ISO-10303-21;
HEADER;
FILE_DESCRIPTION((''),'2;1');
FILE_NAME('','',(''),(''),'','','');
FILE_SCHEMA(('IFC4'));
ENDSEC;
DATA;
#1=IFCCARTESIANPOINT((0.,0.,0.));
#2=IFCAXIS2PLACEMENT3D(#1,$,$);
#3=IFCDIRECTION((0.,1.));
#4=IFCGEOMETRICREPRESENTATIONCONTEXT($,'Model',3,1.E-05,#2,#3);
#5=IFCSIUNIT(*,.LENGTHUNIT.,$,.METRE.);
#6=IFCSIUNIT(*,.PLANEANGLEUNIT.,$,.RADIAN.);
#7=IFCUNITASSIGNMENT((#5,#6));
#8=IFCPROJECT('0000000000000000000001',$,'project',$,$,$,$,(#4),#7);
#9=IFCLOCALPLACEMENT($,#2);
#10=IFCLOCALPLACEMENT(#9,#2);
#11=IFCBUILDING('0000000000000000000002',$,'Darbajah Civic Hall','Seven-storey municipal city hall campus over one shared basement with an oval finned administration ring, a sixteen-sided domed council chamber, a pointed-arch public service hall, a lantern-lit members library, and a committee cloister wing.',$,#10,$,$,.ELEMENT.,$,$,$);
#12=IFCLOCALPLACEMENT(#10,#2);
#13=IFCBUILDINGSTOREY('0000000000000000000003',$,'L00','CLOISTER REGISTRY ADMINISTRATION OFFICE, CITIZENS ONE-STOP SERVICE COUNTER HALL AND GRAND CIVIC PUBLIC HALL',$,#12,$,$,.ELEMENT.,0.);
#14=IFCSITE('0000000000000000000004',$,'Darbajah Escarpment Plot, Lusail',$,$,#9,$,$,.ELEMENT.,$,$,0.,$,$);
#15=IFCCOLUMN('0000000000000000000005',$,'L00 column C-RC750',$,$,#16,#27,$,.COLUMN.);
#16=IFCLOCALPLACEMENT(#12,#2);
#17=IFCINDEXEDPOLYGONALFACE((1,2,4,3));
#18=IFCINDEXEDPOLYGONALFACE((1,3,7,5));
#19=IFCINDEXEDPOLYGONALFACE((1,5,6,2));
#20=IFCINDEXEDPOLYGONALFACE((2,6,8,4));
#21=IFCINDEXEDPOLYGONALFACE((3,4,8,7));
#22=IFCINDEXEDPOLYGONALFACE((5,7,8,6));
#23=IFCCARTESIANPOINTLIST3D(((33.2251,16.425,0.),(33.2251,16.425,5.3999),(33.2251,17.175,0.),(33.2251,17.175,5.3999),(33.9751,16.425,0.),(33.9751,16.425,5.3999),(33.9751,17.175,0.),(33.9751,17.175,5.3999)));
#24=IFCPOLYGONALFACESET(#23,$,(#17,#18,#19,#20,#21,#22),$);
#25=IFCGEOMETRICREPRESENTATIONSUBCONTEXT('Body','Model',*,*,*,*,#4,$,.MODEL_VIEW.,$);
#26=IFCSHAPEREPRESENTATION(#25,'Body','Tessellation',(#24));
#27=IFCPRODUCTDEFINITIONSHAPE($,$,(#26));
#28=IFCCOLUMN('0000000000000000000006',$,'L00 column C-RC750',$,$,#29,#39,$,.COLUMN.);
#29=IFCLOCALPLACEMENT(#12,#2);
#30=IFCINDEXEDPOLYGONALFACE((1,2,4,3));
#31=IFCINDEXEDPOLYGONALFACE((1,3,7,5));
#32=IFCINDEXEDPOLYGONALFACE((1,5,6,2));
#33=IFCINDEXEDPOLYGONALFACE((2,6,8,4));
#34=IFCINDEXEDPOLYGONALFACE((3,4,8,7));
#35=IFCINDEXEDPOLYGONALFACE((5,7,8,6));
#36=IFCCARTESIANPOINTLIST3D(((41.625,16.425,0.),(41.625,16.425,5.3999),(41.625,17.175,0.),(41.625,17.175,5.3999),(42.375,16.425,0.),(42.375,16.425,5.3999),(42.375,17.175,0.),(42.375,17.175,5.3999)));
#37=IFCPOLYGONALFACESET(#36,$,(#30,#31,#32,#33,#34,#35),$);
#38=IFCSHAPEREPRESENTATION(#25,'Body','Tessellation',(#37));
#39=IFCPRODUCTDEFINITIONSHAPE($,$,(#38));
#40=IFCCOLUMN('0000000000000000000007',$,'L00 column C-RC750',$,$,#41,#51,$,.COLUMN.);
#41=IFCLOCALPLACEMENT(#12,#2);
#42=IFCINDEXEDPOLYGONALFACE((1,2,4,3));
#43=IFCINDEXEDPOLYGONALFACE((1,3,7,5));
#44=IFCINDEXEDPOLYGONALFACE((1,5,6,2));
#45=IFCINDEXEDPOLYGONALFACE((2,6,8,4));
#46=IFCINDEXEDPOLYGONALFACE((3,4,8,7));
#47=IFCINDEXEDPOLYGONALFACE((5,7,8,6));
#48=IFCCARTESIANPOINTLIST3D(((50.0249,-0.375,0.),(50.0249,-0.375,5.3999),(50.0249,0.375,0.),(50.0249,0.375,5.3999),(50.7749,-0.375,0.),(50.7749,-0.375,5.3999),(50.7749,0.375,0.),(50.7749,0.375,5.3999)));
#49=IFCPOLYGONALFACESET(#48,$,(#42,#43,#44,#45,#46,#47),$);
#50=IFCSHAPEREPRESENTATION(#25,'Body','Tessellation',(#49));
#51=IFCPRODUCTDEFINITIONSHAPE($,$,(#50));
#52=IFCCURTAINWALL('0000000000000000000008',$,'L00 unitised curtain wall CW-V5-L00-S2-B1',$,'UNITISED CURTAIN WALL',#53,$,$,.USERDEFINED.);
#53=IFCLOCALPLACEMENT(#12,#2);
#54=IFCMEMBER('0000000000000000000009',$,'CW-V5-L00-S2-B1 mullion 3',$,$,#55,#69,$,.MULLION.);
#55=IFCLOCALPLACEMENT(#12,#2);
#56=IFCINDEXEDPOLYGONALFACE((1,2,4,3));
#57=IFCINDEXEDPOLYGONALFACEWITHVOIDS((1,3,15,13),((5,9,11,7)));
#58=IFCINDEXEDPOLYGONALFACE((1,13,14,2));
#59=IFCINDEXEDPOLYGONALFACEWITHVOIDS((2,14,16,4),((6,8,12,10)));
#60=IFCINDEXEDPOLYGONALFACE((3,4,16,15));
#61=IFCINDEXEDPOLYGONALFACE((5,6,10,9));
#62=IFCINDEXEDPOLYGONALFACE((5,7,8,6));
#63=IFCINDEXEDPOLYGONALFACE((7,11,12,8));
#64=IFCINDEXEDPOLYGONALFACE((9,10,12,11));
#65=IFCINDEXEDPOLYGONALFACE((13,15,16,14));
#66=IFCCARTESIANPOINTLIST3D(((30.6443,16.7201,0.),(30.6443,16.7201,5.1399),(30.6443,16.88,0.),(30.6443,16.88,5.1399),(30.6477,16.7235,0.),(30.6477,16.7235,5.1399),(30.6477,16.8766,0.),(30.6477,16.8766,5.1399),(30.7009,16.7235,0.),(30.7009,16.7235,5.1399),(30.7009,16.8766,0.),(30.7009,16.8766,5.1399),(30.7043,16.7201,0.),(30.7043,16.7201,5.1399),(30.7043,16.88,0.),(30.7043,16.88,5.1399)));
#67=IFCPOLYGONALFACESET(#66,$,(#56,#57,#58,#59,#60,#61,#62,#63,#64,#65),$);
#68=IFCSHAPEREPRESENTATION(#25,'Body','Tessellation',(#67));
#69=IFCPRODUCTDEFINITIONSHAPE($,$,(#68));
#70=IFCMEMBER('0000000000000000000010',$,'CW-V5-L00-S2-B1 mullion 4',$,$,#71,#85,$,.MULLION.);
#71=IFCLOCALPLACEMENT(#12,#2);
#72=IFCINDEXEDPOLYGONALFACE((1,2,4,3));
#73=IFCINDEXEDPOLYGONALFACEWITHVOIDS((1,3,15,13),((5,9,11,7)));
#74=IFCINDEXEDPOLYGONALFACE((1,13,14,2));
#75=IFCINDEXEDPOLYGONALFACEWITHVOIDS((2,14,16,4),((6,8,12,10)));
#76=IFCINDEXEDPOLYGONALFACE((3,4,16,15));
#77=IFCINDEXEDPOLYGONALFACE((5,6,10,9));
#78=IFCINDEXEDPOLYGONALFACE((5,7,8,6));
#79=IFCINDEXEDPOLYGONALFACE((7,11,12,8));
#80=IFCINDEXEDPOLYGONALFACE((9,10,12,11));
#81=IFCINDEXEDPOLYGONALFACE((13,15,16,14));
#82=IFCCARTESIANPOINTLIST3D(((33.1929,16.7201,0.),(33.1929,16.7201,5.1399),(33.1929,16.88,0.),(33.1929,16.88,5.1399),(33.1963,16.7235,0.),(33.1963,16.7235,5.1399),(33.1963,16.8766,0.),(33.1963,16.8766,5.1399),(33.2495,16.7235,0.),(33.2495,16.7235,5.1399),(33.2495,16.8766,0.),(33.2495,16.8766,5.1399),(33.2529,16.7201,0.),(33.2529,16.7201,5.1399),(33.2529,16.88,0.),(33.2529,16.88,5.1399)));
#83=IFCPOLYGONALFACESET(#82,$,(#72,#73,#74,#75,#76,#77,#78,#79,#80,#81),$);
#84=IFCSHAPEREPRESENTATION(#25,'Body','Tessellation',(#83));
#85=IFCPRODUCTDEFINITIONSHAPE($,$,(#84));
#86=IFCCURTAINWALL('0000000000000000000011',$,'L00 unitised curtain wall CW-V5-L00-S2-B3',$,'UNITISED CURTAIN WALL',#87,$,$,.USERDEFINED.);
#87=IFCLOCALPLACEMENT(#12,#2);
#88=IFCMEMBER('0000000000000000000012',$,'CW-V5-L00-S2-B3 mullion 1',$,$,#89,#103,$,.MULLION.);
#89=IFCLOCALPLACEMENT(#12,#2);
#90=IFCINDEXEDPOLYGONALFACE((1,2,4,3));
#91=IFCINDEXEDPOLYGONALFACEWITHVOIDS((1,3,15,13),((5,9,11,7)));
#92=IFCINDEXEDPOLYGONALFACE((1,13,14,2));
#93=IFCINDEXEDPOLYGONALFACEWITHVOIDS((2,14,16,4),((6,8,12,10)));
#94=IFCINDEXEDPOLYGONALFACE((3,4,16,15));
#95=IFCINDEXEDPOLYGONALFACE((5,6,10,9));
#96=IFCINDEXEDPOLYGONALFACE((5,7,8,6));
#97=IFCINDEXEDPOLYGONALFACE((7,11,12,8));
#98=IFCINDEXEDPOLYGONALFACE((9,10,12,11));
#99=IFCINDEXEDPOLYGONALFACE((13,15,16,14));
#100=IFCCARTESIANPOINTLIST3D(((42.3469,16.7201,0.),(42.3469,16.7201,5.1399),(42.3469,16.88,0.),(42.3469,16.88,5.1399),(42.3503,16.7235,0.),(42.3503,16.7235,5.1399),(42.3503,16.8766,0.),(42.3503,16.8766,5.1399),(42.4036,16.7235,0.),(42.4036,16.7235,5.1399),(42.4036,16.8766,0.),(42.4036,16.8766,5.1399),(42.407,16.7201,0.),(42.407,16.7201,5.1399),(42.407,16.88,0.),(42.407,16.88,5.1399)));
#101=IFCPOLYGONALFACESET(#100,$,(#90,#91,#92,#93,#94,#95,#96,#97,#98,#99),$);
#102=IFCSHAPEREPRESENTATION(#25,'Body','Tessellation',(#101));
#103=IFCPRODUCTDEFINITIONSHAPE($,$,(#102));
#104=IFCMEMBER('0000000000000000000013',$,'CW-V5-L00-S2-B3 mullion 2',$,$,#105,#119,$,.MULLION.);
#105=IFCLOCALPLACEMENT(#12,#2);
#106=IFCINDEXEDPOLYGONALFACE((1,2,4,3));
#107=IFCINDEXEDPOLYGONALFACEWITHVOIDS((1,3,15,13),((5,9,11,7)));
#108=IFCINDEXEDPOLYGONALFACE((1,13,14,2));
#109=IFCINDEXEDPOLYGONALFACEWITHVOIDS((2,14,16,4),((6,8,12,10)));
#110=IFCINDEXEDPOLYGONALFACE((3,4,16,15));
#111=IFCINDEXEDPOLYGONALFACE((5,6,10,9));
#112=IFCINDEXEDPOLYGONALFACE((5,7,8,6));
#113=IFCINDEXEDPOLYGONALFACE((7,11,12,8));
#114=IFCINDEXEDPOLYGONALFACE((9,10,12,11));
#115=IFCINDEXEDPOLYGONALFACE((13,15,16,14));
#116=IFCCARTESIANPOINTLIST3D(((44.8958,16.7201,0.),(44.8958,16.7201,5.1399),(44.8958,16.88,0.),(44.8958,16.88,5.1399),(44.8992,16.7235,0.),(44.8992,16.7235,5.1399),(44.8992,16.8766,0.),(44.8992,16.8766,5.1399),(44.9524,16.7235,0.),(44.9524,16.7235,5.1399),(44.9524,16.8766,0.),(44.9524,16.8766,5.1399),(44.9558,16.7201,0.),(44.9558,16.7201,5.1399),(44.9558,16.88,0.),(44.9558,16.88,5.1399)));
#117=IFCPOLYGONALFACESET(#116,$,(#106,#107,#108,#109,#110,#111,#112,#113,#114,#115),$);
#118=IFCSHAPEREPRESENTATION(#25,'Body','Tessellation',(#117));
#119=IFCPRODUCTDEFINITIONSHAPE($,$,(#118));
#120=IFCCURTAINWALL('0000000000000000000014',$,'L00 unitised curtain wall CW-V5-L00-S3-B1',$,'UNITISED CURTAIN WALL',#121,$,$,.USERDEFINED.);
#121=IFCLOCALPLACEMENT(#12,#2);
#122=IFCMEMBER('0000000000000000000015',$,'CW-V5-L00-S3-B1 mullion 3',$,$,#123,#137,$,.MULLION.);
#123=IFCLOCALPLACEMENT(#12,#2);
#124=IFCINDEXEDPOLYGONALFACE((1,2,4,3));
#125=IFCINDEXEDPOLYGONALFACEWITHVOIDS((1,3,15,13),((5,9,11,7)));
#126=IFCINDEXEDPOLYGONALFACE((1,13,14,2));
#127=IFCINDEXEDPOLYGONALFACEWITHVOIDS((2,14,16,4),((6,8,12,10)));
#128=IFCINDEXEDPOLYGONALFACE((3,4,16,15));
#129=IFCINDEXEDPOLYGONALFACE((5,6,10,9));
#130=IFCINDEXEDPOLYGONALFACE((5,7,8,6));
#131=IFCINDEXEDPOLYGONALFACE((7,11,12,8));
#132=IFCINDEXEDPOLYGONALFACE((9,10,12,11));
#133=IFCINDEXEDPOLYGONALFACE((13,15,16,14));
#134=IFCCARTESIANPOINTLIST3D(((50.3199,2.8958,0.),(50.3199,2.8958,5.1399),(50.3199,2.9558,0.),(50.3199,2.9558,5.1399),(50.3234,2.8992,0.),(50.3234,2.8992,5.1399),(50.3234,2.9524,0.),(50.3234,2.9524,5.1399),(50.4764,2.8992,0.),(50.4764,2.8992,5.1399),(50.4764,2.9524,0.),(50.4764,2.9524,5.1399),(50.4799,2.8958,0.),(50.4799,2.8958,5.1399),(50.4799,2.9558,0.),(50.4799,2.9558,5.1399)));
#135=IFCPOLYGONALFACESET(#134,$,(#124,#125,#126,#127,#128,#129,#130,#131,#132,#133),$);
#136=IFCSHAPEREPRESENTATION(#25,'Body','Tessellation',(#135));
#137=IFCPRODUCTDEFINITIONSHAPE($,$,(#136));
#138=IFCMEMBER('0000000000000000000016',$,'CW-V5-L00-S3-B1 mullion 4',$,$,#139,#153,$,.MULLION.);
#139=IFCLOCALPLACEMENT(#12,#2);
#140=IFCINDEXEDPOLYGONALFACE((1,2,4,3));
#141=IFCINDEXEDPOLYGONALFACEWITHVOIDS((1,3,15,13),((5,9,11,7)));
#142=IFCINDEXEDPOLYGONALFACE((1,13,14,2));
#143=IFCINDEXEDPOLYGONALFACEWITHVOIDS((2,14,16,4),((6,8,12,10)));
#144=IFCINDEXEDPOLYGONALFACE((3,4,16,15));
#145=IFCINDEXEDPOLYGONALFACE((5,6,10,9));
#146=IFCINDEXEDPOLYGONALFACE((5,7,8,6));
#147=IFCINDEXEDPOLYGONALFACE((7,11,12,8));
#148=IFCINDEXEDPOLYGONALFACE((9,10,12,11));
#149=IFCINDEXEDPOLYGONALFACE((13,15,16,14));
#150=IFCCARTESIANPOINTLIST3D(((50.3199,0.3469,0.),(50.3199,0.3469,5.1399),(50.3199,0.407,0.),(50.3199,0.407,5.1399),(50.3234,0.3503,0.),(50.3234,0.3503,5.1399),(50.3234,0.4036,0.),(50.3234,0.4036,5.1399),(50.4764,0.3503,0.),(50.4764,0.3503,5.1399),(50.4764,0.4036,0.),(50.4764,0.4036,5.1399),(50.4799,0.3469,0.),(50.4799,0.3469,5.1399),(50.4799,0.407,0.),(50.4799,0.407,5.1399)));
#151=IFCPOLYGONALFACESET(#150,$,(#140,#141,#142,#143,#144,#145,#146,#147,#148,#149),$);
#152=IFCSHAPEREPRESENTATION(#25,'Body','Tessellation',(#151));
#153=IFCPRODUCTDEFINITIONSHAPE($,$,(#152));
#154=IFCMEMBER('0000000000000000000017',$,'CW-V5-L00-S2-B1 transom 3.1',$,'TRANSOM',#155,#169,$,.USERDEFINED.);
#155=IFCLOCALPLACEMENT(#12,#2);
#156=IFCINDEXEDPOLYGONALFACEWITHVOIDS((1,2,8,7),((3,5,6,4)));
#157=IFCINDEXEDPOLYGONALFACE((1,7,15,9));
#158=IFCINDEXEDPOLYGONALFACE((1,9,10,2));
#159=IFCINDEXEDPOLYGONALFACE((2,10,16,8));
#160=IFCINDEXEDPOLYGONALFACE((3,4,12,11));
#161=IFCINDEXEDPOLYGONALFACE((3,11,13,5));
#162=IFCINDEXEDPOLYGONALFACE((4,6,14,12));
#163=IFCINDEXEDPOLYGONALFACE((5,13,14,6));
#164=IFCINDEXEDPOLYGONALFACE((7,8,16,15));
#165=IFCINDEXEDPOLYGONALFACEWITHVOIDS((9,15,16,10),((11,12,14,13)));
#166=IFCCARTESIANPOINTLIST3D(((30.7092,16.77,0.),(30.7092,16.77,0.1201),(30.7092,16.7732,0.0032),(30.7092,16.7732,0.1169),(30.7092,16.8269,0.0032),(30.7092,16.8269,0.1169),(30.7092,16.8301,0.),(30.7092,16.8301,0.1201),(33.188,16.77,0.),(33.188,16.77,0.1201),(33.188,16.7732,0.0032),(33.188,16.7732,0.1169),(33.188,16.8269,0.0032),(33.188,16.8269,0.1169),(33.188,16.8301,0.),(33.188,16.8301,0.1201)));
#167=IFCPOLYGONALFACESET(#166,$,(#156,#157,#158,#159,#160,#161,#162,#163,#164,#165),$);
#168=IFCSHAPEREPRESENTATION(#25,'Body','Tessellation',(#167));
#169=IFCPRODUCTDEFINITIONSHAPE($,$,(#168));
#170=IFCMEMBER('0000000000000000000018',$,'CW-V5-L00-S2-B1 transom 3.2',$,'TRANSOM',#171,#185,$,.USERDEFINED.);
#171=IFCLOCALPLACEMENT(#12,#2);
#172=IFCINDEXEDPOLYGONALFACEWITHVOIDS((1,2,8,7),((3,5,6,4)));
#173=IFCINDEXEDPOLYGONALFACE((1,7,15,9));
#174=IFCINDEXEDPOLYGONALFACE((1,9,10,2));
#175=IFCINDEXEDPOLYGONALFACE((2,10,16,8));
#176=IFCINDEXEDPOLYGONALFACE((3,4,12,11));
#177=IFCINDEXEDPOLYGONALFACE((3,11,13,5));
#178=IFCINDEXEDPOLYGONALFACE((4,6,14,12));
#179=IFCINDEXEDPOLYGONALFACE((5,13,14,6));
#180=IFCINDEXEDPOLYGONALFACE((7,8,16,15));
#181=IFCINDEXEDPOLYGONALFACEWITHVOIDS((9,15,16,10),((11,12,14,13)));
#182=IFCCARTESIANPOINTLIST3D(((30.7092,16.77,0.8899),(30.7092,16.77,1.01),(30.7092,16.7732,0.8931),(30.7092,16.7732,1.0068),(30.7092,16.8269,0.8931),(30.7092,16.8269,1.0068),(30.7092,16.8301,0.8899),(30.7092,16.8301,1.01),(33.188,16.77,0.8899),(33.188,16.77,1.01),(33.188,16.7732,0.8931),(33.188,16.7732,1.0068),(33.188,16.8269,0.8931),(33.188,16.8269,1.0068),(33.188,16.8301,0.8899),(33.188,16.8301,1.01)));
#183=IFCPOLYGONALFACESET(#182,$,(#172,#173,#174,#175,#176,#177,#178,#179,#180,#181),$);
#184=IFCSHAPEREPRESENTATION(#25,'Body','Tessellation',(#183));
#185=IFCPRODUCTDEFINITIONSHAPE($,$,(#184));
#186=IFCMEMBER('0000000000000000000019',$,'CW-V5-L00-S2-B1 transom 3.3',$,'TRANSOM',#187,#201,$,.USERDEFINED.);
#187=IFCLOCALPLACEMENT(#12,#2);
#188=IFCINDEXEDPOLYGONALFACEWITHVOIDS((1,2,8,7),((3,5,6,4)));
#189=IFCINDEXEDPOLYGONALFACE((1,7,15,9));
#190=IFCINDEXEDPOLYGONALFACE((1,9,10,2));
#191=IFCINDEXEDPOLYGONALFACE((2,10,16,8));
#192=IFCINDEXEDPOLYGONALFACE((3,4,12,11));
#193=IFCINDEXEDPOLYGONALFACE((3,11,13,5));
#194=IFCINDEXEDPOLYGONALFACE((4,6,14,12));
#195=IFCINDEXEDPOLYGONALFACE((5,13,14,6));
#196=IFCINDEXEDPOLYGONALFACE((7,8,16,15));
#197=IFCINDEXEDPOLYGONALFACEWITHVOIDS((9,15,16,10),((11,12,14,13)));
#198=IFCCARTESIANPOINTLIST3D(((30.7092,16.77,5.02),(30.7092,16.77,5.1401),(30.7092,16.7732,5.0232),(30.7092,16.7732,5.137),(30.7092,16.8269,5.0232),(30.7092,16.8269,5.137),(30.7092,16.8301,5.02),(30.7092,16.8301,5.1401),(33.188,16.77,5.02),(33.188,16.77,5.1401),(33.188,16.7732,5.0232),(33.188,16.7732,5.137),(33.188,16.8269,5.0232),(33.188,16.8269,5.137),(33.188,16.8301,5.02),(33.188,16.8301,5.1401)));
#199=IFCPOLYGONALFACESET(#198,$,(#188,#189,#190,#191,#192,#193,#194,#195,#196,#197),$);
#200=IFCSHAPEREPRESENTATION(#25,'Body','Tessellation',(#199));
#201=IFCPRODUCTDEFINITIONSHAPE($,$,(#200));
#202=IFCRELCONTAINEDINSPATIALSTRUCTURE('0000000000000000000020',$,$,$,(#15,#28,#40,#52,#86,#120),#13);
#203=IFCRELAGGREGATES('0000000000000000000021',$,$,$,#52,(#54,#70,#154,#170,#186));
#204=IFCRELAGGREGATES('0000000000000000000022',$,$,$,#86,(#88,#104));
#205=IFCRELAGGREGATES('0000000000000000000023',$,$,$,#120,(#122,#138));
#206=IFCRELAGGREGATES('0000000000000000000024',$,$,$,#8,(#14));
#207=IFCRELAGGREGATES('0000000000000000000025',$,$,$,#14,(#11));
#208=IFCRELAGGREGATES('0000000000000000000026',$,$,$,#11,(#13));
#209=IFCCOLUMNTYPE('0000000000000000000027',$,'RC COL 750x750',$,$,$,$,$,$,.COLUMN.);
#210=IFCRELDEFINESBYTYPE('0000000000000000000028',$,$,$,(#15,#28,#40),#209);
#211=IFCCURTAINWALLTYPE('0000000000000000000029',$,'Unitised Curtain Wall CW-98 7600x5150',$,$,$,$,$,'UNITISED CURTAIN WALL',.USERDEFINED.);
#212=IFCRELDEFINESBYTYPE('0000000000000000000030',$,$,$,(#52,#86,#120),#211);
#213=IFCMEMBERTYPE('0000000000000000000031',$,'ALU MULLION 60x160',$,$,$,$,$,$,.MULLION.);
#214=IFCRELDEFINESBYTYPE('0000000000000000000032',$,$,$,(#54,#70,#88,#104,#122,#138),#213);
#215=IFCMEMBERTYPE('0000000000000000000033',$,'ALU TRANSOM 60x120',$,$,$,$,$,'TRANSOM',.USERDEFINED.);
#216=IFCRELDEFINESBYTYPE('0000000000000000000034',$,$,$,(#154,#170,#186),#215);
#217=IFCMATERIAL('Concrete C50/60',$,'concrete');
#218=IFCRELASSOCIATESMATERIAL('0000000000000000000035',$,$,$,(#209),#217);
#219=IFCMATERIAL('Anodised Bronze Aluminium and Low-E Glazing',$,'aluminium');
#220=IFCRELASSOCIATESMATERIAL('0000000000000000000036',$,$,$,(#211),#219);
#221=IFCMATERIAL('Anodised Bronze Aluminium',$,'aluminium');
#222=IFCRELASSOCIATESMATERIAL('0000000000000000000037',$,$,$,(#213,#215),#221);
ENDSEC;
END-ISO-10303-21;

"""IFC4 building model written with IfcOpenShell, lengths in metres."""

from ifc_helpers import new_model, si_unit, direction, frame, origin, origin_2d, place, context, subcontext, project, spatial, rectangle, hollow_rectangle, extrude, material, material_profile, profile_set, type_object, element, aggregate, save


model = new_model("IFC4")

# Units and contexts
model_context = context("Model", 3, precision=1e-05, world=origin(), true_north=direction((0.0, 1.0)))
body_context = subcontext(model_context, "Body", "Model", "MODEL_VIEW")
ifc_project = project(units=[si_unit("LENGTHUNIT", "METRE"), si_unit("PLANEANGLEUNIT", "RADIAN")], contexts=[model_context])

# Site, building, storey
site_placement = place(None, origin())
site = spatial("IfcSite", under=ifc_project, at=site_placement, Name="Darbajah Escarpment Plot, Lusail", CompositionType="ELEMENT", RefElevation=0.0)
building_placement = place(site_placement, origin())
building = spatial("IfcBuilding", under=site, at=building_placement, Name="Darbajah Civic Hall", Description="Seven-storey municipal city hall campus over one shared basement with an oval finned administration ring, a sixteen-sided domed council chamber, a pointed-arch public service hall, a lantern-lit members library, and a committee cloister wing.", CompositionType="ELEMENT")
storey_placement = place(building_placement, origin())
storey = spatial("IfcBuildingStorey", under=building, at=storey_placement, Name="L00", Description="CLOISTER REGISTRY ADMINISTRATION OFFICE, CITIZENS ONE-STOP SERVICE COUNTER HALL AND GRAND CIVIC PUBLIC HALL", CompositionType="ELEMENT", Elevation=0.0)

# Columns
ifc_material_1 = material(Name="Concrete C50/60", Category="concrete")
ifc_material_profile_1 = material_profile(ifc_material_1, rectangle(XDim=0.75, YDim=0.75, at=origin_2d()), Name="RC COL 750x750")
ifc_profile_set_1 = profile_set([ifc_material_profile_1], Name="Concrete C50/60")
column_type = type_object("IfcColumnType", Name="RC COL 750x750", PredefinedType="COLUMN", material=ifc_profile_set_1)
for number, where, z_axis, x_axis, name in (
    (1, (33.6001, 16.8, 0.0), (0.0, 0.0, 1.0), (1.0, 0.0, 0.0), "L00 column C-RC750"),
    (2, (42.0, 16.8, 0.0), (0.0, 0.0, 1.0), (1.0, 0.0, 0.0), "L00 column C-RC750"),
    (3, (50.3999, 0.0, 0.0), (0.0, 0.0, 1.0), (1.0, 0.0, 0.0), "L00 column C-RC750"),
):
    element("IfcColumn", number, at=place(storey_placement, frame(where, z_axis=z_axis, x_axis=x_axis)), inside=storey, type_object=column_type, Name=name, PredefinedType="COLUMN", context=body_context, shape_type="SweptSolid", body=[
        extrude(rectangle(XDim=0.75, YDim=0.75, at=origin_2d()), origin(), (0.0, 0.0, 1.0), 5.3999),
    ])

# Curtain walls, members
ifc_material_2 = material(Name="Anodised Bronze Aluminium and Low-E Glazing", Category="aluminium")
curtain_wall_type = type_object("IfcCurtainWallType", Name="Unitised Curtain Wall CW-98 7600x5150", ElementType="UNITISED CURTAIN WALL", PredefinedType="USERDEFINED", material=ifc_material_2)
curtain_wall_1_placement = place(storey_placement, origin())
curtain_wall_1 = element("IfcCurtainWall", 4, at=curtain_wall_1_placement, inside=storey, type_object=curtain_wall_type, Name="L00 unitised curtain wall CW-V5-L00-S2-B1", ObjectType="UNITISED CURTAIN WALL", PredefinedType="USERDEFINED")
ifc_material_3 = material(Name="Anodised Bronze Aluminium", Category="aluminium")
ifc_material_profile_2 = material_profile(ifc_material_3, hollow_rectangle(XDim=0.0601, YDim=0.1599, WallThickness=0.0034, at=origin_2d()), Name="ALU MULLION 60x160")
ifc_profile_set_2 = profile_set([ifc_material_profile_2], Name="Anodised Bronze Aluminium")
member_type_1 = type_object("IfcMemberType", Name="ALU MULLION 60x160", PredefinedType="MULLION", material=ifc_profile_set_2)
member_1_placement = place(storey_placement, frame((30.6743, 16.8, 0.0), z_axis=(0.0, 0.0, 1.0), x_axis=(1.0, 0.0, 0.0)))
member_1 = element("IfcMember", 5, at=member_1_placement, type_object=member_type_1, Name="CW-V5-L00-S2-B1 mullion 3", PredefinedType="MULLION", context=body_context, shape_type="SweptSolid", body=[
    extrude(hollow_rectangle(XDim=0.0601, YDim=0.1599, WallThickness=0.0034, at=origin_2d()), origin(), (0.0, 0.0, 1.0), 5.1399),
])
member_2_placement = place(storey_placement, frame((33.2229, 16.8, 0.0), z_axis=(0.0, 0.0, 1.0), x_axis=(1.0, 0.0, 0.0)))
member_2 = element("IfcMember", 6, at=member_2_placement, type_object=member_type_1, Name="CW-V5-L00-S2-B1 mullion 4", PredefinedType="MULLION", context=body_context, shape_type="SweptSolid", body=[
    extrude(hollow_rectangle(XDim=0.0601, YDim=0.1599, WallThickness=0.0034, at=origin_2d()), origin(), (0.0, 0.0, 1.0), 5.1399),
])
curtain_wall_2_placement = place(storey_placement, origin())
curtain_wall_2 = element("IfcCurtainWall", 7, at=curtain_wall_2_placement, inside=storey, type_object=curtain_wall_type, Name="L00 unitised curtain wall CW-V5-L00-S2-B3", ObjectType="UNITISED CURTAIN WALL", PredefinedType="USERDEFINED")
member_3_placement = place(storey_placement, frame((42.377, 16.8, 0.0), z_axis=(0.0, 0.0, 1.0), x_axis=(1.0, 0.0, 0.0)))
member_3 = element("IfcMember", 8, at=member_3_placement, type_object=member_type_1, Name="CW-V5-L00-S2-B3 mullion 1", PredefinedType="MULLION", context=body_context, shape_type="SweptSolid", body=[
    extrude(hollow_rectangle(XDim=0.0601, YDim=0.1599, WallThickness=0.0034, at=origin_2d()), origin(), (0.0, 0.0, 1.0), 5.1399),
])
member_4_placement = place(storey_placement, frame((44.9258, 16.8, 0.0), z_axis=(0.0, 0.0, 1.0), x_axis=(1.0, 0.0, 0.0)))
member_4 = element("IfcMember", 9, at=member_4_placement, type_object=member_type_1, Name="CW-V5-L00-S2-B3 mullion 2", PredefinedType="MULLION", context=body_context, shape_type="SweptSolid", body=[
    extrude(hollow_rectangle(XDim=0.0601, YDim=0.1599, WallThickness=0.0034, at=origin_2d()), origin(), (0.0, 0.0, 1.0), 5.1399),
])
curtain_wall_3_placement = place(storey_placement, origin())
curtain_wall_3 = element("IfcCurtainWall", 10, at=curtain_wall_3_placement, inside=storey, type_object=curtain_wall_type, Name="L00 unitised curtain wall CW-V5-L00-S3-B1", ObjectType="UNITISED CURTAIN WALL", PredefinedType="USERDEFINED")
member_5_placement = place(storey_placement, frame((50.3999, 2.9258, 0.0), z_axis=(0.0, 0.0, 1.0), x_axis=(0.0, -1.0, 0.0)))
member_5 = element("IfcMember", 11, at=member_5_placement, type_object=member_type_1, Name="CW-V5-L00-S3-B1 mullion 3", PredefinedType="MULLION", context=body_context, shape_type="SweptSolid", body=[
    extrude(hollow_rectangle(XDim=0.0601, YDim=0.1599, WallThickness=0.0034, at=origin_2d()), origin(), (0.0, 0.0, 1.0), 5.1399),
])
member_6_placement = place(storey_placement, frame((50.3999, 0.377, 0.0), z_axis=(0.0, 0.0, 1.0), x_axis=(0.0, -1.0, 0.0)))
member_6 = element("IfcMember", 12, at=member_6_placement, type_object=member_type_1, Name="CW-V5-L00-S3-B1 mullion 4", PredefinedType="MULLION", context=body_context, shape_type="SweptSolid", body=[
    extrude(hollow_rectangle(XDim=0.0601, YDim=0.1599, WallThickness=0.0034, at=origin_2d()), origin(), (0.0, 0.0, 1.0), 5.1399),
])

# Members
ifc_material_profile_3 = material_profile(ifc_material_3, hollow_rectangle(XDim=0.0601, YDim=0.1201, WallThickness=0.0032, at=origin_2d()), Name="ALU TRANSOM 60x120")
ifc_profile_set_3 = profile_set([ifc_material_profile_3], Name="Anodised Bronze Aluminium")
member_type_2 = type_object("IfcMemberType", Name="ALU TRANSOM 60x120", ElementType="TRANSOM", PredefinedType="USERDEFINED", material=ifc_profile_set_3)
member_7_placement = place(storey_placement, frame((30.7092, 16.8, 0.0601), z_axis=(1.0, 0.0, 0.0), x_axis=(0.0, 1.0, 0.0)))
member_7 = element("IfcMember", 13, at=member_7_placement, type_object=member_type_2, Name="CW-V5-L00-S2-B1 transom 3.1", ObjectType="TRANSOM", PredefinedType="USERDEFINED", context=body_context, shape_type="SweptSolid", body=[
    extrude(hollow_rectangle(XDim=0.0601, YDim=0.1201, WallThickness=0.0032, at=origin_2d()), origin(), (0.0, 0.0, 1.0), 2.4788),
])
member_8_placement = place(storey_placement, frame((30.7092, 16.8, 0.95), z_axis=(1.0, 0.0, 0.0), x_axis=(0.0, 1.0, 0.0)))
member_8 = element("IfcMember", 14, at=member_8_placement, type_object=member_type_2, Name="CW-V5-L00-S2-B1 transom 3.2", ObjectType="TRANSOM", PredefinedType="USERDEFINED", context=body_context, shape_type="SweptSolid", body=[
    extrude(hollow_rectangle(XDim=0.0601, YDim=0.1201, WallThickness=0.0032, at=origin_2d()), origin(), (0.0, 0.0, 1.0), 2.4788),
])
member_9_placement = place(storey_placement, frame((30.7092, 16.8, 5.0801), z_axis=(1.0, 0.0, 0.0), x_axis=(0.0, 1.0, 0.0)))
member_9 = element("IfcMember", 15, at=member_9_placement, type_object=member_type_2, Name="CW-V5-L00-S2-B1 transom 3.3", ObjectType="TRANSOM", PredefinedType="USERDEFINED", context=body_context, shape_type="SweptSolid", body=[
    extrude(hollow_rectangle(XDim=0.0601, YDim=0.1201, WallThickness=0.0032, at=origin_2d()), origin(), (0.0, 0.0, 1.0), 2.4788),
])

aggregate(curtain_wall_1, [member_1, member_2, member_7, member_8, member_9])
aggregate(curtain_wall_2, [member_3, member_4])
aggregate(curtain_wall_3, [member_5, member_6])

save(model, "model.ifc")
